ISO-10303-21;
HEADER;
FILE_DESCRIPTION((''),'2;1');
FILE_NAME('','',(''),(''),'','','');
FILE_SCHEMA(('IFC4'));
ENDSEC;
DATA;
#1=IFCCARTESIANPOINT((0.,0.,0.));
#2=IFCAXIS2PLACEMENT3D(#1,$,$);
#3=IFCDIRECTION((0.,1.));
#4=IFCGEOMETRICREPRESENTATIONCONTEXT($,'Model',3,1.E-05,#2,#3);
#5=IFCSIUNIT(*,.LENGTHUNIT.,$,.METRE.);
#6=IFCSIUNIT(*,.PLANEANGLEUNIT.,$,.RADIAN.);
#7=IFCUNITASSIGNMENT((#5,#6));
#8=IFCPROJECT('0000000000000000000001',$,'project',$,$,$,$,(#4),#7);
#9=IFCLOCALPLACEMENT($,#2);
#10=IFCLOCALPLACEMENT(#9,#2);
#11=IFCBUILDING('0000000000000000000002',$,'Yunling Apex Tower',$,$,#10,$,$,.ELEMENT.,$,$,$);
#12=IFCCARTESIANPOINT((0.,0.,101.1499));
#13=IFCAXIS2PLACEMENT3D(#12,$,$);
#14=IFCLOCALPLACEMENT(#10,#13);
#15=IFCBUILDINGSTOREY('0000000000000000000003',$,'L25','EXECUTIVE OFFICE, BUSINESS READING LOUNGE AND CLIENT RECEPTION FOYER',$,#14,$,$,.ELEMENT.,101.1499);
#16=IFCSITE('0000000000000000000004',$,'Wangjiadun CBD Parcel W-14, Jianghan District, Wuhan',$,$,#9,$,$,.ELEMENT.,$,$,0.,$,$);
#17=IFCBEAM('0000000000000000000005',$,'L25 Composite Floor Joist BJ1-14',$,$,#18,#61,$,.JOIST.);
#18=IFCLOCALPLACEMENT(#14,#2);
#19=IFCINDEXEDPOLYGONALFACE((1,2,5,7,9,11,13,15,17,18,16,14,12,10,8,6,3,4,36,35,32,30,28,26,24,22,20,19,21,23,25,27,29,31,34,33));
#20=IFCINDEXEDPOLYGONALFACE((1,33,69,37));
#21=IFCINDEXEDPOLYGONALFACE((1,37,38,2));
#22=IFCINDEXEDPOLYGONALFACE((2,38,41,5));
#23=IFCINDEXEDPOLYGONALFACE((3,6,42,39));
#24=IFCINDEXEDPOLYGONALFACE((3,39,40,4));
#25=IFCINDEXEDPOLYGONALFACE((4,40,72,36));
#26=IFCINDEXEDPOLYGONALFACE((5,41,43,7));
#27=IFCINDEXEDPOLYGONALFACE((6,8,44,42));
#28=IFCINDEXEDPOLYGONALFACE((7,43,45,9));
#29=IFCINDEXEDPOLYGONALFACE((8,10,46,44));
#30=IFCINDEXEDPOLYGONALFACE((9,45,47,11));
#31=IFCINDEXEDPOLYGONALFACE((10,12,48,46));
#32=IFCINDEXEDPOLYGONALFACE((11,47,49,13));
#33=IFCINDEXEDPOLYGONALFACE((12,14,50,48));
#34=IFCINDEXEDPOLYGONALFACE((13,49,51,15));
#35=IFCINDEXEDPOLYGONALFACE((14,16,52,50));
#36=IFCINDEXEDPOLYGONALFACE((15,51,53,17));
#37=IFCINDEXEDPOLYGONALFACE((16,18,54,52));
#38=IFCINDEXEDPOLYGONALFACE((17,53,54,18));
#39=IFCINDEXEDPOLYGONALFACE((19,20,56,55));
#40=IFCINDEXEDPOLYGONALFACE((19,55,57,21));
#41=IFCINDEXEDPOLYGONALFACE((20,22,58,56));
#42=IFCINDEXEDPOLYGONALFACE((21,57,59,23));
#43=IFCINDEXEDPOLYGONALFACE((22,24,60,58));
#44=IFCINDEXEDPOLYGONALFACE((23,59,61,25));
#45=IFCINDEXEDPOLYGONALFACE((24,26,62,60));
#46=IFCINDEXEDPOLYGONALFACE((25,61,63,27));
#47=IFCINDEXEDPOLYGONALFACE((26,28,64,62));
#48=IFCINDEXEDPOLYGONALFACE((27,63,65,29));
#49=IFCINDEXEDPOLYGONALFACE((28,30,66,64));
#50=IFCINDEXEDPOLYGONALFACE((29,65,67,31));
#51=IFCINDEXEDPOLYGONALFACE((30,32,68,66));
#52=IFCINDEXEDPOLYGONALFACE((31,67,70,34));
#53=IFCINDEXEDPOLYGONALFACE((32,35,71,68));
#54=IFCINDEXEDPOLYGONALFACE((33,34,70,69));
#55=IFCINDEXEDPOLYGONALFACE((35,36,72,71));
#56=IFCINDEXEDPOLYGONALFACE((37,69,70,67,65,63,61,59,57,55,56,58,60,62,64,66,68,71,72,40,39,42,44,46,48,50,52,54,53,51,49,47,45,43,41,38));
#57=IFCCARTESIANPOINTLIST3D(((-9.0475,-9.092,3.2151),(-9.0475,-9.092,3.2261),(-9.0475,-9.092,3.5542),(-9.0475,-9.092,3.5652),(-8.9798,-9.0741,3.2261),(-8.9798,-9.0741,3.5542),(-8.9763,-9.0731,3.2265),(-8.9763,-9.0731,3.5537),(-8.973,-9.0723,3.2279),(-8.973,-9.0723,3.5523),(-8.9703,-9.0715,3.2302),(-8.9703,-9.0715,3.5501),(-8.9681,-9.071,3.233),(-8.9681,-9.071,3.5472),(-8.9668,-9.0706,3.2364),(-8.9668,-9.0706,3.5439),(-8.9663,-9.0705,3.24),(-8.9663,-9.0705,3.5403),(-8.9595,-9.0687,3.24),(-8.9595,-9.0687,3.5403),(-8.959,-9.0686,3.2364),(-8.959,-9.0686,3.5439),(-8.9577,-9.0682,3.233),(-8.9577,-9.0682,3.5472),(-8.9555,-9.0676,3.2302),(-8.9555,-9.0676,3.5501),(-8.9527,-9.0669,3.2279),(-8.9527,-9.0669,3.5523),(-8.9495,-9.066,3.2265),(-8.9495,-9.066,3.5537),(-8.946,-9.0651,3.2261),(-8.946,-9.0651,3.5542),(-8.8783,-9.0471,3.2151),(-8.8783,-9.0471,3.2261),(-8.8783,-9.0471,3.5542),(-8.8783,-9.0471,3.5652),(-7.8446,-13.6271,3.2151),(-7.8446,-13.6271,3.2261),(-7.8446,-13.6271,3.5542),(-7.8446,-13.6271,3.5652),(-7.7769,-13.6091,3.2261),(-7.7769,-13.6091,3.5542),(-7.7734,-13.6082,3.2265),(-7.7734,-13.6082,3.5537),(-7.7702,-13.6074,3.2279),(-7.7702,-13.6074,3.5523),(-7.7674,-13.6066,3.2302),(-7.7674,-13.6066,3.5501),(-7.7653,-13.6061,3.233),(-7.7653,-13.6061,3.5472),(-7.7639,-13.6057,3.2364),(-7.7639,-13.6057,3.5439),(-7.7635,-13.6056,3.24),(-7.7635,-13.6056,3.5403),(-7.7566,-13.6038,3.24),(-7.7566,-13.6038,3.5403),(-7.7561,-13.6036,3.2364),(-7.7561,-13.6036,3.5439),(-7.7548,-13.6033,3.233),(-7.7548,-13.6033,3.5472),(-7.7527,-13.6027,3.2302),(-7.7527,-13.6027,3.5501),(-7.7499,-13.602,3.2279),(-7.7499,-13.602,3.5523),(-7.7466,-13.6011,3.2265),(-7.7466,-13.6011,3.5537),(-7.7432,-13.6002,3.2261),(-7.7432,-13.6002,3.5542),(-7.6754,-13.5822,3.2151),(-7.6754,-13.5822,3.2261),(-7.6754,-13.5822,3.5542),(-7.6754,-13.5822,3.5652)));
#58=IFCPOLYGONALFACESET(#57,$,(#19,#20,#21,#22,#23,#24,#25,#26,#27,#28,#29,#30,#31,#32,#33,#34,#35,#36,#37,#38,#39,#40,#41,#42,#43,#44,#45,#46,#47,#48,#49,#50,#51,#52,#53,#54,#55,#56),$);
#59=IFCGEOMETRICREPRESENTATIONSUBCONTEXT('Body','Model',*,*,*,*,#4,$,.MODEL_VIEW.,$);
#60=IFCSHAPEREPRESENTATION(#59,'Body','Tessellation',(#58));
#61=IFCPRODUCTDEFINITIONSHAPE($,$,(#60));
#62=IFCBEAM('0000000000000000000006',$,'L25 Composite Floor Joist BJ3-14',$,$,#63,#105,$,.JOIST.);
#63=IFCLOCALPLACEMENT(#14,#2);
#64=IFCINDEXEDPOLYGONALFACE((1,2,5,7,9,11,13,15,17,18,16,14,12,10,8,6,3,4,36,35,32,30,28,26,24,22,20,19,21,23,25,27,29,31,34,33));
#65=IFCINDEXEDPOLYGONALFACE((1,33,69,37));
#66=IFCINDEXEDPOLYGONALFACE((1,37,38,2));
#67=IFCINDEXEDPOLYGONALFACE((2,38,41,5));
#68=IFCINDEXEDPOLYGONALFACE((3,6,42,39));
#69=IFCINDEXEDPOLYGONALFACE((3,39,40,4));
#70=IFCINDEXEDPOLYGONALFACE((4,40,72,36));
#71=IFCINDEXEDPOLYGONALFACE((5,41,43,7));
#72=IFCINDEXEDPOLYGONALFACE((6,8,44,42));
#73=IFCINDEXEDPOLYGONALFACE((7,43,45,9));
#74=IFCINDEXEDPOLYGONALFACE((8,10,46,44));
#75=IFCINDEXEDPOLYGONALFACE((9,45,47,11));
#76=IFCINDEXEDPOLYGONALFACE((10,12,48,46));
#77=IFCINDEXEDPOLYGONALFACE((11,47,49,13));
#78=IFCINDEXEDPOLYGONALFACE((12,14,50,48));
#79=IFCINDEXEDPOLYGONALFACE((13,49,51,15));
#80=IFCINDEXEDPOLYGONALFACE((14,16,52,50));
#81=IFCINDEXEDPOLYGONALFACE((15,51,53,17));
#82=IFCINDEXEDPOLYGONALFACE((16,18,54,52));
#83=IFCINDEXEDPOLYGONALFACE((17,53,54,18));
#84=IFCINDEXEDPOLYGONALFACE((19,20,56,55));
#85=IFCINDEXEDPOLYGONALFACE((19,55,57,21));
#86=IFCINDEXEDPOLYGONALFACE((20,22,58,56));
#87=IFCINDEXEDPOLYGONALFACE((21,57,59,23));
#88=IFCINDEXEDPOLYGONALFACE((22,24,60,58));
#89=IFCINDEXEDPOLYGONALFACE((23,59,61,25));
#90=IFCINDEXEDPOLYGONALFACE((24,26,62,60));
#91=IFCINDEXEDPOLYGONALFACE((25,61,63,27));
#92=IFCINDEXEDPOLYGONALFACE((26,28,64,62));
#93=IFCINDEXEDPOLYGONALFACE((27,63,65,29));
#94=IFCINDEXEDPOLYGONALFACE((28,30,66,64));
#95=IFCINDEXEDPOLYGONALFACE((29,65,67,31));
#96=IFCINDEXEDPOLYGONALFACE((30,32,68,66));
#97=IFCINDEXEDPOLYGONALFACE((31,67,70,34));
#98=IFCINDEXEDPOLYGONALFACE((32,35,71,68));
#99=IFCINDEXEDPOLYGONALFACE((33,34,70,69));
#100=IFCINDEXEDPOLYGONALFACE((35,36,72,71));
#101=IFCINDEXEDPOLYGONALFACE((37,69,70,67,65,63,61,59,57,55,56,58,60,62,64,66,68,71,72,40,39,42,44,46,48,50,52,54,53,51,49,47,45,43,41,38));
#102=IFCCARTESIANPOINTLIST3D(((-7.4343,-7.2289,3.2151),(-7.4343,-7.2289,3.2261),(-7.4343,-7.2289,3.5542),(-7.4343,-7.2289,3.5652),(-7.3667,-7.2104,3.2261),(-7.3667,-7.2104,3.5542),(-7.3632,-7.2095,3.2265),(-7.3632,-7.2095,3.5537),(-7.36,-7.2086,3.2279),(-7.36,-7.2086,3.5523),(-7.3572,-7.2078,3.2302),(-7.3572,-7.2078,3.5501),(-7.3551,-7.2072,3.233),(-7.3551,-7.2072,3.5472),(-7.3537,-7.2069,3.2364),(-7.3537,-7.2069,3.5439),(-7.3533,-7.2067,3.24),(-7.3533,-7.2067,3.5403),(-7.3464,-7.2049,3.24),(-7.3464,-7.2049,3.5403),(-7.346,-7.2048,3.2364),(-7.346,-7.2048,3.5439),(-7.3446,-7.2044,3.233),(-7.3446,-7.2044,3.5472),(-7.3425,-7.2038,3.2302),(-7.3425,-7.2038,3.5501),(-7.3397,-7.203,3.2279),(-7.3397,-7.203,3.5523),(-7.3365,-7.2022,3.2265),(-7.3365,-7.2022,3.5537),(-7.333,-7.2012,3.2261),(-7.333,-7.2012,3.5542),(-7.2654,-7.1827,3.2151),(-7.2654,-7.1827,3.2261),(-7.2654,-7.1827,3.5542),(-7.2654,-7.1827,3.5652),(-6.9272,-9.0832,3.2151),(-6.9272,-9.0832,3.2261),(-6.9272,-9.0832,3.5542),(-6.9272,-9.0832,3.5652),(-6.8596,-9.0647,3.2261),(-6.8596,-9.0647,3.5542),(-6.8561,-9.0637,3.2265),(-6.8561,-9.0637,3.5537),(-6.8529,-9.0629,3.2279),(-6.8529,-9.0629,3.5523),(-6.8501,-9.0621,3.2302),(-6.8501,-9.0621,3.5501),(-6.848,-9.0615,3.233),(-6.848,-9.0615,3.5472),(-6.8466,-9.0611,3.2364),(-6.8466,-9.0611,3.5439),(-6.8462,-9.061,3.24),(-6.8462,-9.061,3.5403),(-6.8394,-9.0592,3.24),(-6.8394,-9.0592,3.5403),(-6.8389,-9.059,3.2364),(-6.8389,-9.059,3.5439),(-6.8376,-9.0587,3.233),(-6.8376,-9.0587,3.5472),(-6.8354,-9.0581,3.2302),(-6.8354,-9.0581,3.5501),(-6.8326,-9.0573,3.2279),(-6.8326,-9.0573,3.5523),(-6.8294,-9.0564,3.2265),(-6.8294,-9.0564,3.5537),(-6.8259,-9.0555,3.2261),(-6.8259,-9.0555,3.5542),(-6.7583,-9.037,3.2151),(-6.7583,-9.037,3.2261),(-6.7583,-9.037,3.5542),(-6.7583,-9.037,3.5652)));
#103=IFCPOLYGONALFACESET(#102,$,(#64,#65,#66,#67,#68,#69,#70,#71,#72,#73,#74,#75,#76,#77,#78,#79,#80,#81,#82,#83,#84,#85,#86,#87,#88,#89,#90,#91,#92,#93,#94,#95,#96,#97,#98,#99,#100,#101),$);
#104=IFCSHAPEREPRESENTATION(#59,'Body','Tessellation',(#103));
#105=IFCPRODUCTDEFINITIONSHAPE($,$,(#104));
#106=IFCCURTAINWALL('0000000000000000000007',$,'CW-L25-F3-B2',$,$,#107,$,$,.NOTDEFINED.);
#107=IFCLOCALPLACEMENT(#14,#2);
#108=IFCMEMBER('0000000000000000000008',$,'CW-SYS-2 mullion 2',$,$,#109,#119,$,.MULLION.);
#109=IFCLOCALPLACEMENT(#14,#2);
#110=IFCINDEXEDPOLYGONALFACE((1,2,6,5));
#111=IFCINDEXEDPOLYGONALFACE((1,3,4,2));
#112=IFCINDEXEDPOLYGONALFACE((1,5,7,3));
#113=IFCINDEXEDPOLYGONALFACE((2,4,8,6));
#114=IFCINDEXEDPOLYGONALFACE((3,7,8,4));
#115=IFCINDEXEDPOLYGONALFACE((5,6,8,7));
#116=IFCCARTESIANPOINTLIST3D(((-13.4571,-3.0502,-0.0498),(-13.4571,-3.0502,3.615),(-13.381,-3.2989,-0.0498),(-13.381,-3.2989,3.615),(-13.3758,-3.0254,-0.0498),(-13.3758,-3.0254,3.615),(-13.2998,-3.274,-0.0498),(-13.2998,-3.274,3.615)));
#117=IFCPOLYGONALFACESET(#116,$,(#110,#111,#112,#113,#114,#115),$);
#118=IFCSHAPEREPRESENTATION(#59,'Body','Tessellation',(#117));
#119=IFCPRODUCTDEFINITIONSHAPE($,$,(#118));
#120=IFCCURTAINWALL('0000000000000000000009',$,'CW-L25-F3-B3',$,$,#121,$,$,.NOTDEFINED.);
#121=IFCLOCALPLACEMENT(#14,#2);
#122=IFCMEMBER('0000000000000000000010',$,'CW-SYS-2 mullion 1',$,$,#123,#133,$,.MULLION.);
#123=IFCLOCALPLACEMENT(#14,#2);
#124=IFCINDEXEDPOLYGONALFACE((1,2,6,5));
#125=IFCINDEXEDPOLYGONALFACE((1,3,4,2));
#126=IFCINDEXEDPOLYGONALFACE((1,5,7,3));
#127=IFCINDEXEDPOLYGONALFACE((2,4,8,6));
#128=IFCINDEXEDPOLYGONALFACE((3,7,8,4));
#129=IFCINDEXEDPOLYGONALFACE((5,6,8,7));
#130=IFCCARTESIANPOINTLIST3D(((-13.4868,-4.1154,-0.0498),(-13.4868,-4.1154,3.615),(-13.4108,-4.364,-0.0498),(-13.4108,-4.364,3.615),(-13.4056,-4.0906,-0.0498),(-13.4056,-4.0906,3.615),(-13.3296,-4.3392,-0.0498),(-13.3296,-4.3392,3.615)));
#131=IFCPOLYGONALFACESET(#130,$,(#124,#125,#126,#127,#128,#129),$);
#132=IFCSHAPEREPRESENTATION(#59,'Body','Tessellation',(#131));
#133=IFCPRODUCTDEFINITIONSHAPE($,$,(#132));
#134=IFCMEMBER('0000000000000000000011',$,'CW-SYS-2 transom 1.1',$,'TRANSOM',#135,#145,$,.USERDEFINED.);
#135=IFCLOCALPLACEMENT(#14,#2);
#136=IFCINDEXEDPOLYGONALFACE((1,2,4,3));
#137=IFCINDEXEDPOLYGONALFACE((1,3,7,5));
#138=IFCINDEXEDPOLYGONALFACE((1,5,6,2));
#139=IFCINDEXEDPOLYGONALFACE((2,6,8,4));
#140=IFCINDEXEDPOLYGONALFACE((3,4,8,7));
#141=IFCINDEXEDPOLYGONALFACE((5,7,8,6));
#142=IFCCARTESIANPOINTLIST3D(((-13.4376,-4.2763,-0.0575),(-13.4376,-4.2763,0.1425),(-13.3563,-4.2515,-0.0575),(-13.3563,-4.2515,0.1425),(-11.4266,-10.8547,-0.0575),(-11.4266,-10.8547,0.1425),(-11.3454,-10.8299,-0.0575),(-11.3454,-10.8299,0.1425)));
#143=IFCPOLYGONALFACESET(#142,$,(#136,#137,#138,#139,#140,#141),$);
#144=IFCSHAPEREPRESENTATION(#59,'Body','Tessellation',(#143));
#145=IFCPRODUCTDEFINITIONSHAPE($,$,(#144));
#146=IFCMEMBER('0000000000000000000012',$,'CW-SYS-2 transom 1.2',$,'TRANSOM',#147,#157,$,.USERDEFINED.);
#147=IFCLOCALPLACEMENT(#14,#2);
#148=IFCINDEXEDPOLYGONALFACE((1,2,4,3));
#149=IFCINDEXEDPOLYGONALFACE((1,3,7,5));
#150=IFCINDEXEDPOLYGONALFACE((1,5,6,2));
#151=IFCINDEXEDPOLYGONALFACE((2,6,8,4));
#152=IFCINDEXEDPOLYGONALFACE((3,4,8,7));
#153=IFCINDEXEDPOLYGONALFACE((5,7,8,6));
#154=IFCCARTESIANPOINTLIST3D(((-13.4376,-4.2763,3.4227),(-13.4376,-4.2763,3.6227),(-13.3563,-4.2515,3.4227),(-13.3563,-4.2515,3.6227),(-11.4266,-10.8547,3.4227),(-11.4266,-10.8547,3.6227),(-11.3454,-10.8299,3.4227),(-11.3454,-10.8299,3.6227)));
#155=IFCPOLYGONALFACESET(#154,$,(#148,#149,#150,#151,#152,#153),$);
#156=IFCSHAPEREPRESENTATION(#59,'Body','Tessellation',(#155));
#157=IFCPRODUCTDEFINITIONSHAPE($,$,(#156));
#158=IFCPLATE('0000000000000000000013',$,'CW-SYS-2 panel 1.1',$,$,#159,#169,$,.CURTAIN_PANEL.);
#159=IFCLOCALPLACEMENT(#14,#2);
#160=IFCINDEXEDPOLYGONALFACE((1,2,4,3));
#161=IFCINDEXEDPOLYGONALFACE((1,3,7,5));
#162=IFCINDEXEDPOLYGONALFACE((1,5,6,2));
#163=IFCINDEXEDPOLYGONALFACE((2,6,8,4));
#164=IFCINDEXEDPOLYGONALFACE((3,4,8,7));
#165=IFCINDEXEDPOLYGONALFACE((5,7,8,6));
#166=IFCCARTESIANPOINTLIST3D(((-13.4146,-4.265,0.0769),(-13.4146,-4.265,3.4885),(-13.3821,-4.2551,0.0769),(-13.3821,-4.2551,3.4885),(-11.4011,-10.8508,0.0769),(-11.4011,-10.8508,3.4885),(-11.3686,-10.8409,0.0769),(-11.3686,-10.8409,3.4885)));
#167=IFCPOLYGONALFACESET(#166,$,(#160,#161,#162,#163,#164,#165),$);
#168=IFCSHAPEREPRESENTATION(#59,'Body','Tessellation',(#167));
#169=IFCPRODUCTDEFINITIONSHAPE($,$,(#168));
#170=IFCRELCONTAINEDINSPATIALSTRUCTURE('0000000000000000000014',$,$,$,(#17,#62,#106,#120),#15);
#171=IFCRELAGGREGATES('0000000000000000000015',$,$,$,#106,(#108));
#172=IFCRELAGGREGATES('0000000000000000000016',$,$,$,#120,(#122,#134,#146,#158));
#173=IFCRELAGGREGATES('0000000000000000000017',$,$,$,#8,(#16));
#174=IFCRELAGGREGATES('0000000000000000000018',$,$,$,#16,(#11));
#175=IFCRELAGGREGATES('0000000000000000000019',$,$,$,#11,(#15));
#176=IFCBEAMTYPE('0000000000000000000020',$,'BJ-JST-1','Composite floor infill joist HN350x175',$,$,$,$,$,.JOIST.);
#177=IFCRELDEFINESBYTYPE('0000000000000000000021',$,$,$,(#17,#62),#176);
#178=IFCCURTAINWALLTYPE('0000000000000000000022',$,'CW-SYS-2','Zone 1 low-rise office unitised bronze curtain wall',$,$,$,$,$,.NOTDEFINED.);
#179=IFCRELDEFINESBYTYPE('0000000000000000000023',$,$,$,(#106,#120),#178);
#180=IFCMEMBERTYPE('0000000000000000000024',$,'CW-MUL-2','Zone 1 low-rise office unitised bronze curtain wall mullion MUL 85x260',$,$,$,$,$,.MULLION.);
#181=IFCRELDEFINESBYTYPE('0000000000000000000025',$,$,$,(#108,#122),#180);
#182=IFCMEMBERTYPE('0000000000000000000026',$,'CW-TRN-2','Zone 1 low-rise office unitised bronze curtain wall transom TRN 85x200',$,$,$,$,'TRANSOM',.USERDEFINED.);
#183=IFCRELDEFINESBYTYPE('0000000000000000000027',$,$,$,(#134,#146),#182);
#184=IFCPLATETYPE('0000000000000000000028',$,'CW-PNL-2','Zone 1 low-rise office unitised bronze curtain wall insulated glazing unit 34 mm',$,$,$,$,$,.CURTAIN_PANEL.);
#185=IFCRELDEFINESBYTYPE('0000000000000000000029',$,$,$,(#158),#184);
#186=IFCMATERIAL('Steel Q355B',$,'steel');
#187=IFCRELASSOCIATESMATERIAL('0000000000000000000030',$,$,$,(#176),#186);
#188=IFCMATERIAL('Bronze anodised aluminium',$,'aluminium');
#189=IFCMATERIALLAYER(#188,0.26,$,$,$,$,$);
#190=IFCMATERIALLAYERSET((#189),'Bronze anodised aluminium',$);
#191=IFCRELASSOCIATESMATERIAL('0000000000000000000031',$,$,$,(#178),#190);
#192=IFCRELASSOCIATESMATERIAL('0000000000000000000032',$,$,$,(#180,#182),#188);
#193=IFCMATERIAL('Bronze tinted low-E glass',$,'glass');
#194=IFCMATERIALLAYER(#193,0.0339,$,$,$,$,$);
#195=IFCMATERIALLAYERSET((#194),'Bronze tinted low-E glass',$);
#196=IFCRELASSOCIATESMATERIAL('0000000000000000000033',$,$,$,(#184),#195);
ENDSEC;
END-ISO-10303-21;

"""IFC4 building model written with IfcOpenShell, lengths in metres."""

from ifc_helpers import new_model, si_unit, direction, frame, origin, origin_2d, place, context, subcontext, project, spatial, rectangle, i_section, extrude, source, transform, mapped, material, layer, layer_set, material_profile, profile_set, type_object, element, aggregate, save


model = new_model("IFC4")

# Units and contexts
model_context = context("Model", 3, precision=1e-05, world=origin(), true_north=direction((0.0, 1.0)))
body_context = subcontext(model_context, "Body", "Model", "MODEL_VIEW")
ifc_project = project(units=[si_unit("LENGTHUNIT", "METRE"), si_unit("PLANEANGLEUNIT", "RADIAN")], contexts=[model_context])

# Site, building, storey
site_placement = place(None, origin())
site = spatial("IfcSite", under=ifc_project, at=site_placement, Name="Wangjiadun CBD Parcel W-14, Jianghan District, Wuhan", CompositionType="ELEMENT", RefElevation=0.0)
building_placement = place(site_placement, origin())
building = spatial("IfcBuilding", under=site, at=building_placement, Name="Yunling Apex Tower", CompositionType="ELEMENT")
storey_placement = place(building_placement, frame((0.0, 0.0, 101.1499)))
storey = spatial("IfcBuildingStorey", under=building, at=storey_placement, Name="L25", Description="EXECUTIVE OFFICE, BUSINESS READING LOUNGE AND CLIENT RECEPTION FOYER", CompositionType="ELEMENT", Elevation=101.1499)

# Beams
ifc_material_1 = material(Name="Steel Q355B", Category="steel")
ifc_material_profile_1 = material_profile(ifc_material_1, i_section(OverallWidth=0.175, OverallDepth=0.3501, WebThickness=0.0071, FlangeThickness=0.011, FilletRadius=0.0139, at=origin_2d()))
ifc_profile_set_1 = profile_set([ifc_material_profile_1], Name="Steel Q355B")
beam_type_1 = type_object("IfcBeamType", Name="BJ-JST-1", Description="Composite floor infill joist HN350x175", PredefinedType="JOIST", material=ifc_profile_set_1)
shared_shape_1 = source(origin(), body_context, "Body", "SweptSolid", [
    extrude(i_section(OverallWidth=0.175, OverallDepth=0.3501, WebThickness=0.0071, FlangeThickness=0.011, FilletRadius=0.0139, at=origin_2d()), origin(), (0.0, 0.0, 1.0), 4.6919),
])
beam_1_placement = place(storey_placement, frame((-8.9629, -9.0696, 3.3901), z_axis=(0.25637, -0.966579, 0.0), x_axis=(0.966579, 0.25637, 0.0)))
element("IfcBeam", 1, at=beam_1_placement, inside=storey, type_object=beam_type_1, Name="L25 Composite Floor Joist BJ1-14", PredefinedType="JOIST", context=body_context, shape_type="MappedRepresentation", body=[
    mapped(shared_shape_1, transform((0.0, 0.0, 0.0), scale=1.0)),
])
shared_shape_2 = source(origin(), body_context, "Body", "SweptSolid", [
    extrude(i_section(OverallWidth=0.175, OverallDepth=0.3501, WebThickness=0.0071, FlangeThickness=0.011, FilletRadius=0.0139, at=origin_2d()), origin(), (0.0, 0.0, 1.0), 1.9224),
])
beam_2_placement = place(storey_placement, frame((-7.3499, -7.2058, 3.3901), z_axis=(0.263784, -0.964582, 0.0), x_axis=(0.964582, 0.263784, 0.0)))
element("IfcBeam", 2, at=beam_2_placement, inside=storey, type_object=beam_type_1, Name="L25 Composite Floor Joist BJ3-14", PredefinedType="JOIST", context=body_context, shape_type="MappedRepresentation", body=[
    mapped(shared_shape_2, transform((0.0, 0.0, 0.0), scale=1.0)),
])

# Curtain wall, member
ifc_material_2 = material(Name="Bronze anodised aluminium", Category="aluminium")
ifc_layer_1 = layer(ifc_material_2, 0.26)
ifc_layer_set_1 = layer_set([ifc_layer_1], Name="Bronze anodised aluminium")
curtain_wall_type = type_object("IfcCurtainWallType", Name="CW-SYS-2", Description="Zone 1 low-rise office unitised bronze curtain wall", PredefinedType="NOTDEFINED", material=ifc_layer_set_1)
curtain_wall_1_placement = place(storey_placement, origin())
curtain_wall_1 = element("IfcCurtainWall", 3, at=curtain_wall_1_placement, inside=storey, type_object=curtain_wall_type, Name="CW-L25-F3-B2", PredefinedType="NOTDEFINED")
ifc_material_profile_2 = material_profile(ifc_material_2, rectangle(XDim=0.085, YDim=0.26, at=origin_2d()))
ifc_profile_set_2 = profile_set([ifc_material_profile_2], Name="Bronze anodised aluminium")
member_type_1 = type_object("IfcMemberType", Name="CW-MUL-2", Description="Zone 1 low-rise office unitised bronze curtain wall mullion MUL 85x260", PredefinedType="MULLION", material=ifc_profile_set_2)
shared_shape_3 = source(origin(), body_context, "Body", "SweptSolid", [
    extrude(rectangle(XDim=0.085, YDim=0.26, at=origin_2d()), origin(), (0.0, 0.0, 1.0), 3.6648),
])
member_1_placement = place(storey_placement, frame((-13.3784, -3.1621, -0.0498), z_axis=(0.0, 0.0, 1.0), x_axis=(0.956307, 0.292364, 0.0)))
member_1 = element("IfcMember", 4, at=member_1_placement, type_object=member_type_1, Name="CW-SYS-2 mullion 2", PredefinedType="MULLION", context=body_context, shape_type="MappedRepresentation", body=[
    mapped(shared_shape_3, transform((0.0, 0.0, 0.0), scale=1.0)),
])
aggregate(curtain_wall_1, [member_1])

# Curtain wall, members, plate
curtain_wall_2_placement = place(storey_placement, origin())
curtain_wall_2 = element("IfcCurtainWall", 5, at=curtain_wall_2_placement, inside=storey, type_object=curtain_wall_type, Name="CW-L25-F3-B3", PredefinedType="NOTDEFINED")
member_2_placement = place(storey_placement, frame((-13.4082, -4.2273, -0.0498), z_axis=(0.0, 0.0, 1.0), x_axis=(0.956304, 0.292373, 0.0)))
member_2 = element("IfcMember", 6, at=member_2_placement, type_object=member_type_1, Name="CW-SYS-2 mullion 1", PredefinedType="MULLION", context=body_context, shape_type="MappedRepresentation", body=[
    mapped(shared_shape_3, transform((0.0, 0.0, 0.0), scale=1.0)),
])
ifc_material_profile_3 = material_profile(ifc_material_2, rectangle(XDim=0.085, YDim=0.2, at=origin_2d()))
ifc_profile_set_3 = profile_set([ifc_material_profile_3], Name="Bronze anodised aluminium")
member_type_2 = type_object("IfcMemberType", Name="CW-TRN-2", Description="Zone 1 low-rise office unitised bronze curtain wall transom TRN 85x200", ElementType="TRANSOM", PredefinedType="USERDEFINED", material=ifc_profile_set_3)
shared_shape_4 = source(origin(), body_context, "Body", "SweptSolid", [
    extrude(rectangle(XDim=0.085, YDim=0.2, at=origin_2d()), origin(), (0.0, 0.0, 1.0), 6.8789),
])
member_3_placement = place(storey_placement, frame((-13.397, -4.2639, 0.0425), z_axis=(0.292342, -0.956314, 0.0), x_axis=(0.956314, 0.292342, 0.0)))
member_3 = element("IfcMember", 7, at=member_3_placement, type_object=member_type_2, Name="CW-SYS-2 transom 1.1", ObjectType="TRANSOM", PredefinedType="USERDEFINED", context=body_context, shape_type="MappedRepresentation", body=[
    mapped(shared_shape_4, transform((0.0, 0.0, 0.0), scale=1.0)),
])
member_4_placement = place(storey_placement, frame((-13.397, -4.2639, 3.5227), z_axis=(0.292342, -0.956314, 0.0), x_axis=(0.956314, 0.292342, 0.0)))
member_4 = element("IfcMember", 8, at=member_4_placement, type_object=member_type_2, Name="CW-SYS-2 transom 1.2", ObjectType="TRANSOM", PredefinedType="USERDEFINED", context=body_context, shape_type="MappedRepresentation", body=[
    mapped(shared_shape_4, transform((0.0, 0.0, 0.0), scale=1.0)),
])
ifc_material_3 = material(Name="Bronze tinted low-E glass", Category="glass")
ifc_layer_2 = layer(ifc_material_3, 0.0339)
ifc_layer_set_2 = layer_set([ifc_layer_2], Name="Bronze tinted low-E glass")
plate_type = type_object("IfcPlateType", Name="CW-PNL-2", Description="Zone 1 low-rise office unitised bronze curtain wall insulated glazing unit 34 mm", PredefinedType="CURTAIN_PANEL", material=ifc_layer_set_2)
shared_shape_5 = source(origin(), body_context, "Body", "SweptSolid", [
    extrude(rectangle(XDim=6.8867, YDim=0.0339, at=origin_2d()), origin(), (0.0, 0.0, 1.0), 3.4116),
])
plate_placement = place(storey_placement, frame((-12.3916, -7.553, 0.0769), z_axis=(0.0, 0.0, 1.0), x_axis=(0.292373, -0.956304, 0.0)))
plate = element("IfcPlate", 9, at=plate_placement, type_object=plate_type, Name="CW-SYS-2 panel 1.1", PredefinedType="CURTAIN_PANEL", context=body_context, shape_type="MappedRepresentation", body=[
    mapped(shared_shape_5, transform((0.0, 0.0, 0.0), scale=1.0)),
])
aggregate(curtain_wall_2, [member_2, member_3, member_4, plate])

save(model, "model.ifc")
